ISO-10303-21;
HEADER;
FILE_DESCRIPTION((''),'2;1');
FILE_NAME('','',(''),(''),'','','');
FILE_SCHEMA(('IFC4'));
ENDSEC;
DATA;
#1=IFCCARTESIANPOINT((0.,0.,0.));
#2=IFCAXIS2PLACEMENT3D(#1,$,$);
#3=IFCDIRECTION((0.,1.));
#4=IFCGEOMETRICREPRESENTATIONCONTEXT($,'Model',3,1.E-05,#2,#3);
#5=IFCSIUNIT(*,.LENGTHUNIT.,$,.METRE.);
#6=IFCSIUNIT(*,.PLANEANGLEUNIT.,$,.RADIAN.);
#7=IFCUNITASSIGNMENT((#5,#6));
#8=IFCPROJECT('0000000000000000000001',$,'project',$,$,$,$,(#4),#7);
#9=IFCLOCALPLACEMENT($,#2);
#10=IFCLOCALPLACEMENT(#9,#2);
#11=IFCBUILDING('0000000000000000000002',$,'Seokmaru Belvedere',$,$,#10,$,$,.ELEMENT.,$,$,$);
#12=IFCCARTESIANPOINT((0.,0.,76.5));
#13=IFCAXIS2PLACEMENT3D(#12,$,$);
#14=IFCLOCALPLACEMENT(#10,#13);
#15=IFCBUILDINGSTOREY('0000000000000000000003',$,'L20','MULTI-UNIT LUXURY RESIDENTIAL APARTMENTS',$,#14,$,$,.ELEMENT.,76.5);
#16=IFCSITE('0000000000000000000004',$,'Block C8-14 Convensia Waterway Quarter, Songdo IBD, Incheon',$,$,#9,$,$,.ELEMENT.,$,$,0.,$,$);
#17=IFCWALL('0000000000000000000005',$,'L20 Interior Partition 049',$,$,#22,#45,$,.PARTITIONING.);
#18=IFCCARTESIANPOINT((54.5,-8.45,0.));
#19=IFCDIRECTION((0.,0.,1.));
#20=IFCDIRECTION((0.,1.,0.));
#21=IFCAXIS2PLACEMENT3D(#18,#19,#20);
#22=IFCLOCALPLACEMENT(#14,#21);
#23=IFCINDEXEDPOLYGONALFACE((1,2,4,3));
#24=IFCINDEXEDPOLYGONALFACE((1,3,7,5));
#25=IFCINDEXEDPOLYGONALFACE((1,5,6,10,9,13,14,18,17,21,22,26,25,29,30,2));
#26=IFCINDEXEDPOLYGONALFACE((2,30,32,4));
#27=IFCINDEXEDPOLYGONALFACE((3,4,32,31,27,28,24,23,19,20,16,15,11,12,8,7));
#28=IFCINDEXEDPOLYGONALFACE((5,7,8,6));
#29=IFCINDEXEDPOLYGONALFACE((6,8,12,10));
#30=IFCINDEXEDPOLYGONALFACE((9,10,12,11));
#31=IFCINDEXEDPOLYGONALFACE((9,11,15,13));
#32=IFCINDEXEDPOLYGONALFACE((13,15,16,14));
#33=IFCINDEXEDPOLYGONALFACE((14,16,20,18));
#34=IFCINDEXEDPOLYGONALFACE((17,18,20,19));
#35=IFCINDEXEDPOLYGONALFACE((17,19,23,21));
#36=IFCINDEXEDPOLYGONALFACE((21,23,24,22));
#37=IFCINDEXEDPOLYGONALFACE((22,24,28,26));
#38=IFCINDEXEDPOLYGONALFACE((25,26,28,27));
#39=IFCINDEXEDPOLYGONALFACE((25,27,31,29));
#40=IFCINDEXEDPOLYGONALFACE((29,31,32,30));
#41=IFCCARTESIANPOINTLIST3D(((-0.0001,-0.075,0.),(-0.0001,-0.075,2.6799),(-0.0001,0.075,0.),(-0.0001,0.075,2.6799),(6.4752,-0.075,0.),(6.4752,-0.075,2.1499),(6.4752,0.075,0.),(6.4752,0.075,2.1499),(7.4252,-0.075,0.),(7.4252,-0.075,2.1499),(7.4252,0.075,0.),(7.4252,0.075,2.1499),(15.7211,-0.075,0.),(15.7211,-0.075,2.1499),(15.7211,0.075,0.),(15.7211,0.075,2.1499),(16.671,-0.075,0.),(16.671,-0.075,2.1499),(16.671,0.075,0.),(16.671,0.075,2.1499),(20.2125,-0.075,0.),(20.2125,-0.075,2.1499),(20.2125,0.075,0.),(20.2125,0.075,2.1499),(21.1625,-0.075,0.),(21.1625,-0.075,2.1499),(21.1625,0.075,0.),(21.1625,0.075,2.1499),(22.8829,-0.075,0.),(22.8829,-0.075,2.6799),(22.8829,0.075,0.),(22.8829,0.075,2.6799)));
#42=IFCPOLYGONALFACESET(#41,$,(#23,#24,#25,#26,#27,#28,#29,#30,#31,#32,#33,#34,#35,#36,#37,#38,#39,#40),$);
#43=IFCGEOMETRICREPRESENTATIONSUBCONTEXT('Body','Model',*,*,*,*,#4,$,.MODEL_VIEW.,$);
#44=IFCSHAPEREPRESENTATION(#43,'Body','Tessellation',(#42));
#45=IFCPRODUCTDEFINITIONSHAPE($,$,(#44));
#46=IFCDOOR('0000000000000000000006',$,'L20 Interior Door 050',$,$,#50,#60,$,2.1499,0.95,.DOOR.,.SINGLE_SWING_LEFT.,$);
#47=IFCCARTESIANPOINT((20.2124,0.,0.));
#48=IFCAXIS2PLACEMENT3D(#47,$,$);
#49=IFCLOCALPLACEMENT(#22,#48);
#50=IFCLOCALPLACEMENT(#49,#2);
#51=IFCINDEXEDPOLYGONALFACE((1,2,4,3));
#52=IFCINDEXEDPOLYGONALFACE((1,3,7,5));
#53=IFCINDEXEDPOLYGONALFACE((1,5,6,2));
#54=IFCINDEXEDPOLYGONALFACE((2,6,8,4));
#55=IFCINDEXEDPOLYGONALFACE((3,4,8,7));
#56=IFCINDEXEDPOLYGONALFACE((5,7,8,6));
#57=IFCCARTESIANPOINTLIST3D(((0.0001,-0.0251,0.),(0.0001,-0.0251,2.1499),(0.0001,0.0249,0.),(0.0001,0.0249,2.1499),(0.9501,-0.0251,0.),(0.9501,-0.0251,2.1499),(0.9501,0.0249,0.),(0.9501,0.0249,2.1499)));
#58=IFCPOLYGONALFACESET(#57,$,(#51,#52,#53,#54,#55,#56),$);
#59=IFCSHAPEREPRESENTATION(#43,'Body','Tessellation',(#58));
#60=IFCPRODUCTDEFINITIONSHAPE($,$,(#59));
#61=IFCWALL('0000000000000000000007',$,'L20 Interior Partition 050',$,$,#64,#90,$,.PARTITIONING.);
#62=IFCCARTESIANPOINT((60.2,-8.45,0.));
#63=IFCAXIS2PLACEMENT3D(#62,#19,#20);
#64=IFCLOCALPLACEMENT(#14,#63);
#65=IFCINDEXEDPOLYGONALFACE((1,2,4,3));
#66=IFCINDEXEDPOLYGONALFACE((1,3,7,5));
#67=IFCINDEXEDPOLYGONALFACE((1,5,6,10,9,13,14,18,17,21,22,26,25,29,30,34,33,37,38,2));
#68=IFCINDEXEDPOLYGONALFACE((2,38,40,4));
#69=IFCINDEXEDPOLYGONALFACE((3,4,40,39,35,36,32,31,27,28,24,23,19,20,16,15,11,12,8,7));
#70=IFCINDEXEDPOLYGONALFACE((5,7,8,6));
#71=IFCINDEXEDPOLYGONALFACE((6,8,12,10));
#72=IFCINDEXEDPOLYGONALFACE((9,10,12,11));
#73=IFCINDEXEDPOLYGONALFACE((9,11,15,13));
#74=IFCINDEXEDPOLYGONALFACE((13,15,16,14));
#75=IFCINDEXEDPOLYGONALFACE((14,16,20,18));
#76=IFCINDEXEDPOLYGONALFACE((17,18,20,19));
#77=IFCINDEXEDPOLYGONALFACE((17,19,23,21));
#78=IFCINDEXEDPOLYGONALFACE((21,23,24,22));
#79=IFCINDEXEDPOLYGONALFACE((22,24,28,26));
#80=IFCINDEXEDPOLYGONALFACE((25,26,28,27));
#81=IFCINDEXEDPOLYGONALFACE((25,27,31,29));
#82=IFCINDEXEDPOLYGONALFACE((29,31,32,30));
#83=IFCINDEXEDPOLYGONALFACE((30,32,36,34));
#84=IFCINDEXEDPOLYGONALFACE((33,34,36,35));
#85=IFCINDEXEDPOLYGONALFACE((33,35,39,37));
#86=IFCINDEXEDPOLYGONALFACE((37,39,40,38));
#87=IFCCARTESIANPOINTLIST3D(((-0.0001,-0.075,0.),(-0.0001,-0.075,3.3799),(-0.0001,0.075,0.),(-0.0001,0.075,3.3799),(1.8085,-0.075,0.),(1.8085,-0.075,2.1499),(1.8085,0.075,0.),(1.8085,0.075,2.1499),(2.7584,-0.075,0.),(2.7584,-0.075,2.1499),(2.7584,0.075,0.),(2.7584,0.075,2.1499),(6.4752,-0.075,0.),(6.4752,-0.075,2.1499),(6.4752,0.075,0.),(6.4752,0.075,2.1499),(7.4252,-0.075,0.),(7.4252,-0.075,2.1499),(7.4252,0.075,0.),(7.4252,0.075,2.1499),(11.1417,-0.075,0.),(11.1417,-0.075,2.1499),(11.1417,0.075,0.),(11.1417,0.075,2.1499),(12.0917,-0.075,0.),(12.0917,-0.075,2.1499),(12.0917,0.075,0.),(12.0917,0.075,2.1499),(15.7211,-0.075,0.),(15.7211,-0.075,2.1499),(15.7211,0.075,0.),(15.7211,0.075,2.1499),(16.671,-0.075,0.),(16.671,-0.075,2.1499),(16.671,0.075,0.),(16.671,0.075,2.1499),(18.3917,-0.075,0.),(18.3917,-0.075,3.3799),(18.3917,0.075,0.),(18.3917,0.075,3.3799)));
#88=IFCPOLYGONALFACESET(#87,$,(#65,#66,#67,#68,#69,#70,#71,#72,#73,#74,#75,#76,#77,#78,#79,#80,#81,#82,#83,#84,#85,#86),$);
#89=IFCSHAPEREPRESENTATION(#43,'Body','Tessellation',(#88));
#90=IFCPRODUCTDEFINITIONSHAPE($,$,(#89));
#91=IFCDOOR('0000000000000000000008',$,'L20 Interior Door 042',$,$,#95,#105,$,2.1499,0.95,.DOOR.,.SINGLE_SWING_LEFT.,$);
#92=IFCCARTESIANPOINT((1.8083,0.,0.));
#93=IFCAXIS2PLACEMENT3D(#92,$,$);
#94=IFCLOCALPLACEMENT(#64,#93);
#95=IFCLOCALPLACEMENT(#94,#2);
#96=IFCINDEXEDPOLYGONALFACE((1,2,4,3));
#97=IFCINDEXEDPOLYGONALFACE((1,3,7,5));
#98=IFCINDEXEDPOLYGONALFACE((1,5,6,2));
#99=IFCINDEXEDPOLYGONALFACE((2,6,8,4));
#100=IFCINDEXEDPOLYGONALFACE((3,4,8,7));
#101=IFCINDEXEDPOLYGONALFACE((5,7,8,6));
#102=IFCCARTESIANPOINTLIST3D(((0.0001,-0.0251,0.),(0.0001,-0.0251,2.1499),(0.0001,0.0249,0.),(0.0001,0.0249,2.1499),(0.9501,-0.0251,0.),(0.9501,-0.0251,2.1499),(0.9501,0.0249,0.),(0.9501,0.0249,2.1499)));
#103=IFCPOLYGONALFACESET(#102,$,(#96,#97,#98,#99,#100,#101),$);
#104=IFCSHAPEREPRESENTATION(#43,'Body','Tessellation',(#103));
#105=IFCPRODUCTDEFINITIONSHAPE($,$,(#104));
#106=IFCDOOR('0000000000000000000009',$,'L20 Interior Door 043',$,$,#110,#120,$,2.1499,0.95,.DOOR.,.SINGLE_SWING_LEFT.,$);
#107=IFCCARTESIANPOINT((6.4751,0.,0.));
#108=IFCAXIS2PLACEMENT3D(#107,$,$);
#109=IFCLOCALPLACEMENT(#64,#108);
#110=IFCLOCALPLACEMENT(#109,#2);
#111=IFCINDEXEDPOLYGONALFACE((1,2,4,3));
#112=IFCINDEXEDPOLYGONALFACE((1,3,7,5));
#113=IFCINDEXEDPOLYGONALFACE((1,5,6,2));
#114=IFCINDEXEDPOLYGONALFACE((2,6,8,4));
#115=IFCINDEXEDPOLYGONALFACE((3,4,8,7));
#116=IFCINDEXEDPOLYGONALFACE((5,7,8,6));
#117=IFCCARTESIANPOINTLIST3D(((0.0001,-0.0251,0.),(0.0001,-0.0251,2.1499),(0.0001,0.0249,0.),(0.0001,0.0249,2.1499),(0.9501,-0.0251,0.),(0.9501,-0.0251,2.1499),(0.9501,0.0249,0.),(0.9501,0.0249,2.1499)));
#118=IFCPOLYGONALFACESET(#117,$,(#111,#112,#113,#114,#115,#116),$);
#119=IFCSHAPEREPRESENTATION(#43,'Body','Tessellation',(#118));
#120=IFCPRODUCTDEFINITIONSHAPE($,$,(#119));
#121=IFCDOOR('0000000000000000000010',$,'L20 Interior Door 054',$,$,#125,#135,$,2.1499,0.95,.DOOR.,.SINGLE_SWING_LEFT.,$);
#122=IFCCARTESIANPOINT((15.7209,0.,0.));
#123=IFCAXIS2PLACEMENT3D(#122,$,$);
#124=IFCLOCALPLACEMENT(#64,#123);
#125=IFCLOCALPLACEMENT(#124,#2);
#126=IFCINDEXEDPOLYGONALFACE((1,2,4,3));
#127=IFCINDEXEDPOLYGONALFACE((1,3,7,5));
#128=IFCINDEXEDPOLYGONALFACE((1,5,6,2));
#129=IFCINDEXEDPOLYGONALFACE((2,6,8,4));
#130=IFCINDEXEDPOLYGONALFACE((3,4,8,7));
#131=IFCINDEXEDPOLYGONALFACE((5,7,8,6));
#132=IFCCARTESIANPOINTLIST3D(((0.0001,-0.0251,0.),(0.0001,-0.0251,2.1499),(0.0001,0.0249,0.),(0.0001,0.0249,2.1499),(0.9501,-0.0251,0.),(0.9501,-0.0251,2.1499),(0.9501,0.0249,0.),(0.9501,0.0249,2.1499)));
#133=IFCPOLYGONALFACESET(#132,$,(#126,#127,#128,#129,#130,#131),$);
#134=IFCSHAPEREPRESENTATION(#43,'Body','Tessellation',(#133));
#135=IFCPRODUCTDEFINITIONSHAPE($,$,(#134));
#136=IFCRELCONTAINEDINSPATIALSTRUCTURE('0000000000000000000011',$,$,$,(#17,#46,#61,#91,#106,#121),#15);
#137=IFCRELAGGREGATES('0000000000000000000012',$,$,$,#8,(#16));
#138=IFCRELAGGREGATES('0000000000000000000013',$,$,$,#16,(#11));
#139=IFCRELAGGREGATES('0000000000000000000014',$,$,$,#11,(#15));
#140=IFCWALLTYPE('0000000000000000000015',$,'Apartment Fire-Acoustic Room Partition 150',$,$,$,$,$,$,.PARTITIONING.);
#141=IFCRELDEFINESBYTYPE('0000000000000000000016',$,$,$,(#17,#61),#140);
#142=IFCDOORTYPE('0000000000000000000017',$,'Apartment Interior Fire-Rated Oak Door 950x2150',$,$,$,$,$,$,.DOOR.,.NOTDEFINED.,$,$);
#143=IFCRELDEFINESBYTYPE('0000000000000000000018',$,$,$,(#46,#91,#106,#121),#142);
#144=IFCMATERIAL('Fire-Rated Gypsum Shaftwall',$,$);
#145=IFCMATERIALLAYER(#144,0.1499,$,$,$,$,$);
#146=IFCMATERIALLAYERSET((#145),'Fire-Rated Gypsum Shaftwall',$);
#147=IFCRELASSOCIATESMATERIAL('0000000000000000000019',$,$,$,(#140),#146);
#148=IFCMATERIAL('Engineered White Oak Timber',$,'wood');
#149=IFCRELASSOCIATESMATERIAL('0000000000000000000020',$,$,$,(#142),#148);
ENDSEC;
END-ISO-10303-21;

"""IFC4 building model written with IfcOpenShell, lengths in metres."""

from ifc_helpers import new_model, si_unit, direction, frame, frame_2d, origin, place, context, subcontext, project, spatial, rectangle, extrude, source, transform, mapped, material, layer, layer_set, type_object, type_shapes, element, fill, save


model = new_model("IFC4")

# Units and contexts
model_context = context("Model", 3, precision=1e-05, world=origin(), true_north=direction((0.0, 1.0)))
body_context = subcontext(model_context, "Body", "Model", "MODEL_VIEW")
ifc_project = project(units=[si_unit("LENGTHUNIT", "METRE"), si_unit("PLANEANGLEUNIT", "RADIAN")], contexts=[model_context])

# Site, building, storey
site_placement = place(None, origin())
site = spatial("IfcSite", under=ifc_project, at=site_placement, Name="Block C8-14 Convensia Waterway Quarter, Songdo IBD, Incheon", CompositionType="ELEMENT", RefElevation=0.0)
building_placement = place(site_placement, origin())
building = spatial("IfcBuilding", under=site, at=building_placement, Name="Seokmaru Belvedere", CompositionType="ELEMENT")
storey_placement = place(building_placement, frame((0.0, 0.0, 76.5)))
storey = spatial("IfcBuildingStorey", under=building, at=storey_placement, Name="L20", Description="MULTI-UNIT LUXURY RESIDENTIAL APARTMENTS", CompositionType="ELEMENT", Elevation=76.5)

# Wall, openings, door
ifc_material_1 = material(Name="Fire-Rated Gypsum Shaftwall")
ifc_layer_1 = layer(ifc_material_1, 0.1499)
ifc_layer_set_1 = layer_set([ifc_layer_1], Name="Fire-Rated Gypsum Shaftwall")
wall_type = type_object("IfcWallType", Name="Apartment Fire-Acoustic Room Partition 150", PredefinedType="PARTITIONING", material=ifc_layer_set_1)
wall_1_placement = place(storey_placement, frame((54.5, -8.45, 0.0), z_axis=(0.0, 0.0, 1.0), x_axis=(0.0, 1.0, 0.0)))
wall_1 = element("IfcWall", 1, at=wall_1_placement, inside=storey, type_object=wall_type, Name="L20 Interior Partition 049", PredefinedType="PARTITIONING", context=body_context, shape_type="SweptSolid", body=[
    extrude(rectangle(XDim=22.8831, YDim=0.1499, at=frame_2d((11.4414, 0.0))), origin(), (0.0, 0.0, 1.0), 2.6799),
])
opening_1_placement = place(wall_1_placement, frame((6.4751, 0.0, 0.0)))
element("IfcOpeningElement", 2, at=opening_1_placement, cuts=wall_1, PredefinedType="OPENING", context=body_context, shape_type="SweptSolid", body=[
    extrude(rectangle(XDim=0.95, YDim=2.1499, at=frame_2d((0.4751, 1.075))), frame((0.0, 0.085, 0.0), z_axis=(0.0, -1.0, 0.0), x_axis=(1.0, 0.0, 0.0)), (0.0, 0.0, 1.0), 0.1699),
])
opening_2_placement = place(wall_1_placement, frame((20.2124, 0.0, 0.0)))
opening_2 = element("IfcOpeningElement", 3, at=opening_2_placement, cuts=wall_1, PredefinedType="OPENING", context=body_context, shape_type="SweptSolid", body=[
    extrude(rectangle(XDim=0.95, YDim=2.1499, at=frame_2d((0.4751, 1.075))), frame((0.0, 0.085, 0.0), z_axis=(0.0, -1.0, 0.0), x_axis=(1.0, 0.0, 0.0)), (0.0, 0.0, 1.0), 0.1699),
])
opening_3_placement = place(wall_1_placement, frame((15.7209, 0.0, 0.0)))
element("IfcOpeningElement", 4, at=opening_3_placement, cuts=wall_1, PredefinedType="OPENING", context=body_context, shape_type="SweptSolid", body=[
    extrude(rectangle(XDim=0.95, YDim=2.1499, at=frame_2d((0.4751, 1.075))), frame((0.0, 0.085, 0.0), z_axis=(0.0, -1.0, 0.0), x_axis=(1.0, 0.0, 0.0)), (0.0, 0.0, 1.0), 0.1699),
])
ifc_material_2 = material(Name="Engineered White Oak Timber", Category="wood")
door_type = type_object("IfcDoorType", Name="Apartment Interior Fire-Rated Oak Door 950x2150", OperationType="NOTDEFINED", PredefinedType="DOOR", material=ifc_material_2)
shared_shape_1 = source(origin(), body_context, "Body", "SweptSolid", [
    extrude(rectangle(XDim=0.95, YDim=2.1499, at=frame_2d((0.4751, 1.075))), frame((0.0, 0.0249, 0.0), z_axis=(0.0, -1.0, 0.0), x_axis=(1.0, 0.0, 0.0)), (0.0, 0.0, 1.0), 0.05),
])
type_shapes(door_type, [shared_shape_1])
door_1_placement = place(opening_2_placement, origin())
door_1 = element("IfcDoor", 5, at=door_1_placement, inside=storey, type_object=door_type, Name="L20 Interior Door 050", OperationType="SINGLE_SWING_LEFT", OverallHeight=2.1499, OverallWidth=0.95, PredefinedType="DOOR", context=body_context, shape_type="MappedRepresentation", body=[
    mapped(shared_shape_1, transform((0.0, 0.0, 0.0), scale=1.0)),
])
fill(opening_2, door_1)

# Wall, openings, doors
wall_2_placement = place(storey_placement, frame((60.2, -8.45, 0.0), z_axis=(0.0, 0.0, 1.0), x_axis=(0.0, 1.0, 0.0)))
wall_2 = element("IfcWall", 6, at=wall_2_placement, inside=storey, type_object=wall_type, Name="L20 Interior Partition 050", PredefinedType="PARTITIONING", context=body_context, shape_type="SweptSolid", body=[
    extrude(rectangle(XDim=18.3918, YDim=0.1499, at=frame_2d((9.1958, 0.0))), origin(), (0.0, 0.0, 1.0), 3.3799),
])
opening_4_placement = place(wall_2_placement, frame((1.8083, 0.0, 0.0)))
opening_4 = element("IfcOpeningElement", 7, at=opening_4_placement, cuts=wall_2, PredefinedType="OPENING", context=body_context, shape_type="SweptSolid", body=[
    extrude(rectangle(XDim=0.95, YDim=2.1499, at=frame_2d((0.4751, 1.075))), frame((0.0, 0.085, 0.0), z_axis=(0.0, -1.0, 0.0), x_axis=(1.0, 0.0, 0.0)), (0.0, 0.0, 1.0), 0.1699),
])
opening_5_placement = place(wall_2_placement, frame((6.4751, 0.0, 0.0)))
opening_5 = element("IfcOpeningElement", 8, at=opening_5_placement, cuts=wall_2, PredefinedType="OPENING", context=body_context, shape_type="SweptSolid", body=[
    extrude(rectangle(XDim=0.95, YDim=2.1499, at=frame_2d((0.4751, 1.075))), frame((0.0, 0.085, 0.0), z_axis=(0.0, -1.0, 0.0), x_axis=(1.0, 0.0, 0.0)), (0.0, 0.0, 1.0), 0.1699),
])
opening_6_placement = place(wall_2_placement, frame((11.1416, 0.0, 0.0)))
element("IfcOpeningElement", 9, at=opening_6_placement, cuts=wall_2, PredefinedType="OPENING", context=body_context, shape_type="SweptSolid", body=[
    extrude(rectangle(XDim=0.95, YDim=2.1499, at=frame_2d((0.4751, 1.075))), frame((0.0, 0.085, 0.0), z_axis=(0.0, -1.0, 0.0), x_axis=(1.0, 0.0, 0.0)), (0.0, 0.0, 1.0), 0.1699),
])
opening_7_placement = place(wall_2_placement, frame((15.7209, 0.0, 0.0)))
opening_7 = element("IfcOpeningElement", 10, at=opening_7_placement, cuts=wall_2, PredefinedType="OPENING", context=body_context, shape_type="SweptSolid", body=[
    extrude(rectangle(XDim=0.95, YDim=2.1499, at=frame_2d((0.4751, 1.075))), frame((0.0, 0.085, 0.0), z_axis=(0.0, -1.0, 0.0), x_axis=(1.0, 0.0, 0.0)), (0.0, 0.0, 1.0), 0.1699),
])
door_2_placement = place(opening_4_placement, origin())
door_2 = element("IfcDoor", 11, at=door_2_placement, inside=storey, type_object=door_type, Name="L20 Interior Door 042", OperationType="SINGLE_SWING_LEFT", OverallHeight=2.1499, OverallWidth=0.95, PredefinedType="DOOR", context=body_context, shape_type="MappedRepresentation", body=[
    mapped(shared_shape_1, transform((0.0, 0.0, 0.0), scale=1.0)),
])
fill(opening_4, door_2)
door_3_placement = place(opening_5_placement, origin())
door_3 = element("IfcDoor", 12, at=door_3_placement, inside=storey, type_object=door_type, Name="L20 Interior Door 043", OperationType="SINGLE_SWING_LEFT", OverallHeight=2.1499, OverallWidth=0.95, PredefinedType="DOOR", context=body_context, shape_type="MappedRepresentation", body=[
    mapped(shared_shape_1, transform((0.0, 0.0, 0.0), scale=1.0)),
])
fill(opening_5, door_3)
door_4_placement = place(opening_7_placement, origin())
door_4 = element("IfcDoor", 13, at=door_4_placement, inside=storey, type_object=door_type, Name="L20 Interior Door 054", OperationType="SINGLE_SWING_LEFT", OverallHeight=2.1499, OverallWidth=0.95, PredefinedType="DOOR", context=body_context, shape_type="MappedRepresentation", body=[
    mapped(shared_shape_1, transform((0.0, 0.0, 0.0), scale=1.0)),
])
fill(opening_7, door_4)

save(model, "model.ifc")
